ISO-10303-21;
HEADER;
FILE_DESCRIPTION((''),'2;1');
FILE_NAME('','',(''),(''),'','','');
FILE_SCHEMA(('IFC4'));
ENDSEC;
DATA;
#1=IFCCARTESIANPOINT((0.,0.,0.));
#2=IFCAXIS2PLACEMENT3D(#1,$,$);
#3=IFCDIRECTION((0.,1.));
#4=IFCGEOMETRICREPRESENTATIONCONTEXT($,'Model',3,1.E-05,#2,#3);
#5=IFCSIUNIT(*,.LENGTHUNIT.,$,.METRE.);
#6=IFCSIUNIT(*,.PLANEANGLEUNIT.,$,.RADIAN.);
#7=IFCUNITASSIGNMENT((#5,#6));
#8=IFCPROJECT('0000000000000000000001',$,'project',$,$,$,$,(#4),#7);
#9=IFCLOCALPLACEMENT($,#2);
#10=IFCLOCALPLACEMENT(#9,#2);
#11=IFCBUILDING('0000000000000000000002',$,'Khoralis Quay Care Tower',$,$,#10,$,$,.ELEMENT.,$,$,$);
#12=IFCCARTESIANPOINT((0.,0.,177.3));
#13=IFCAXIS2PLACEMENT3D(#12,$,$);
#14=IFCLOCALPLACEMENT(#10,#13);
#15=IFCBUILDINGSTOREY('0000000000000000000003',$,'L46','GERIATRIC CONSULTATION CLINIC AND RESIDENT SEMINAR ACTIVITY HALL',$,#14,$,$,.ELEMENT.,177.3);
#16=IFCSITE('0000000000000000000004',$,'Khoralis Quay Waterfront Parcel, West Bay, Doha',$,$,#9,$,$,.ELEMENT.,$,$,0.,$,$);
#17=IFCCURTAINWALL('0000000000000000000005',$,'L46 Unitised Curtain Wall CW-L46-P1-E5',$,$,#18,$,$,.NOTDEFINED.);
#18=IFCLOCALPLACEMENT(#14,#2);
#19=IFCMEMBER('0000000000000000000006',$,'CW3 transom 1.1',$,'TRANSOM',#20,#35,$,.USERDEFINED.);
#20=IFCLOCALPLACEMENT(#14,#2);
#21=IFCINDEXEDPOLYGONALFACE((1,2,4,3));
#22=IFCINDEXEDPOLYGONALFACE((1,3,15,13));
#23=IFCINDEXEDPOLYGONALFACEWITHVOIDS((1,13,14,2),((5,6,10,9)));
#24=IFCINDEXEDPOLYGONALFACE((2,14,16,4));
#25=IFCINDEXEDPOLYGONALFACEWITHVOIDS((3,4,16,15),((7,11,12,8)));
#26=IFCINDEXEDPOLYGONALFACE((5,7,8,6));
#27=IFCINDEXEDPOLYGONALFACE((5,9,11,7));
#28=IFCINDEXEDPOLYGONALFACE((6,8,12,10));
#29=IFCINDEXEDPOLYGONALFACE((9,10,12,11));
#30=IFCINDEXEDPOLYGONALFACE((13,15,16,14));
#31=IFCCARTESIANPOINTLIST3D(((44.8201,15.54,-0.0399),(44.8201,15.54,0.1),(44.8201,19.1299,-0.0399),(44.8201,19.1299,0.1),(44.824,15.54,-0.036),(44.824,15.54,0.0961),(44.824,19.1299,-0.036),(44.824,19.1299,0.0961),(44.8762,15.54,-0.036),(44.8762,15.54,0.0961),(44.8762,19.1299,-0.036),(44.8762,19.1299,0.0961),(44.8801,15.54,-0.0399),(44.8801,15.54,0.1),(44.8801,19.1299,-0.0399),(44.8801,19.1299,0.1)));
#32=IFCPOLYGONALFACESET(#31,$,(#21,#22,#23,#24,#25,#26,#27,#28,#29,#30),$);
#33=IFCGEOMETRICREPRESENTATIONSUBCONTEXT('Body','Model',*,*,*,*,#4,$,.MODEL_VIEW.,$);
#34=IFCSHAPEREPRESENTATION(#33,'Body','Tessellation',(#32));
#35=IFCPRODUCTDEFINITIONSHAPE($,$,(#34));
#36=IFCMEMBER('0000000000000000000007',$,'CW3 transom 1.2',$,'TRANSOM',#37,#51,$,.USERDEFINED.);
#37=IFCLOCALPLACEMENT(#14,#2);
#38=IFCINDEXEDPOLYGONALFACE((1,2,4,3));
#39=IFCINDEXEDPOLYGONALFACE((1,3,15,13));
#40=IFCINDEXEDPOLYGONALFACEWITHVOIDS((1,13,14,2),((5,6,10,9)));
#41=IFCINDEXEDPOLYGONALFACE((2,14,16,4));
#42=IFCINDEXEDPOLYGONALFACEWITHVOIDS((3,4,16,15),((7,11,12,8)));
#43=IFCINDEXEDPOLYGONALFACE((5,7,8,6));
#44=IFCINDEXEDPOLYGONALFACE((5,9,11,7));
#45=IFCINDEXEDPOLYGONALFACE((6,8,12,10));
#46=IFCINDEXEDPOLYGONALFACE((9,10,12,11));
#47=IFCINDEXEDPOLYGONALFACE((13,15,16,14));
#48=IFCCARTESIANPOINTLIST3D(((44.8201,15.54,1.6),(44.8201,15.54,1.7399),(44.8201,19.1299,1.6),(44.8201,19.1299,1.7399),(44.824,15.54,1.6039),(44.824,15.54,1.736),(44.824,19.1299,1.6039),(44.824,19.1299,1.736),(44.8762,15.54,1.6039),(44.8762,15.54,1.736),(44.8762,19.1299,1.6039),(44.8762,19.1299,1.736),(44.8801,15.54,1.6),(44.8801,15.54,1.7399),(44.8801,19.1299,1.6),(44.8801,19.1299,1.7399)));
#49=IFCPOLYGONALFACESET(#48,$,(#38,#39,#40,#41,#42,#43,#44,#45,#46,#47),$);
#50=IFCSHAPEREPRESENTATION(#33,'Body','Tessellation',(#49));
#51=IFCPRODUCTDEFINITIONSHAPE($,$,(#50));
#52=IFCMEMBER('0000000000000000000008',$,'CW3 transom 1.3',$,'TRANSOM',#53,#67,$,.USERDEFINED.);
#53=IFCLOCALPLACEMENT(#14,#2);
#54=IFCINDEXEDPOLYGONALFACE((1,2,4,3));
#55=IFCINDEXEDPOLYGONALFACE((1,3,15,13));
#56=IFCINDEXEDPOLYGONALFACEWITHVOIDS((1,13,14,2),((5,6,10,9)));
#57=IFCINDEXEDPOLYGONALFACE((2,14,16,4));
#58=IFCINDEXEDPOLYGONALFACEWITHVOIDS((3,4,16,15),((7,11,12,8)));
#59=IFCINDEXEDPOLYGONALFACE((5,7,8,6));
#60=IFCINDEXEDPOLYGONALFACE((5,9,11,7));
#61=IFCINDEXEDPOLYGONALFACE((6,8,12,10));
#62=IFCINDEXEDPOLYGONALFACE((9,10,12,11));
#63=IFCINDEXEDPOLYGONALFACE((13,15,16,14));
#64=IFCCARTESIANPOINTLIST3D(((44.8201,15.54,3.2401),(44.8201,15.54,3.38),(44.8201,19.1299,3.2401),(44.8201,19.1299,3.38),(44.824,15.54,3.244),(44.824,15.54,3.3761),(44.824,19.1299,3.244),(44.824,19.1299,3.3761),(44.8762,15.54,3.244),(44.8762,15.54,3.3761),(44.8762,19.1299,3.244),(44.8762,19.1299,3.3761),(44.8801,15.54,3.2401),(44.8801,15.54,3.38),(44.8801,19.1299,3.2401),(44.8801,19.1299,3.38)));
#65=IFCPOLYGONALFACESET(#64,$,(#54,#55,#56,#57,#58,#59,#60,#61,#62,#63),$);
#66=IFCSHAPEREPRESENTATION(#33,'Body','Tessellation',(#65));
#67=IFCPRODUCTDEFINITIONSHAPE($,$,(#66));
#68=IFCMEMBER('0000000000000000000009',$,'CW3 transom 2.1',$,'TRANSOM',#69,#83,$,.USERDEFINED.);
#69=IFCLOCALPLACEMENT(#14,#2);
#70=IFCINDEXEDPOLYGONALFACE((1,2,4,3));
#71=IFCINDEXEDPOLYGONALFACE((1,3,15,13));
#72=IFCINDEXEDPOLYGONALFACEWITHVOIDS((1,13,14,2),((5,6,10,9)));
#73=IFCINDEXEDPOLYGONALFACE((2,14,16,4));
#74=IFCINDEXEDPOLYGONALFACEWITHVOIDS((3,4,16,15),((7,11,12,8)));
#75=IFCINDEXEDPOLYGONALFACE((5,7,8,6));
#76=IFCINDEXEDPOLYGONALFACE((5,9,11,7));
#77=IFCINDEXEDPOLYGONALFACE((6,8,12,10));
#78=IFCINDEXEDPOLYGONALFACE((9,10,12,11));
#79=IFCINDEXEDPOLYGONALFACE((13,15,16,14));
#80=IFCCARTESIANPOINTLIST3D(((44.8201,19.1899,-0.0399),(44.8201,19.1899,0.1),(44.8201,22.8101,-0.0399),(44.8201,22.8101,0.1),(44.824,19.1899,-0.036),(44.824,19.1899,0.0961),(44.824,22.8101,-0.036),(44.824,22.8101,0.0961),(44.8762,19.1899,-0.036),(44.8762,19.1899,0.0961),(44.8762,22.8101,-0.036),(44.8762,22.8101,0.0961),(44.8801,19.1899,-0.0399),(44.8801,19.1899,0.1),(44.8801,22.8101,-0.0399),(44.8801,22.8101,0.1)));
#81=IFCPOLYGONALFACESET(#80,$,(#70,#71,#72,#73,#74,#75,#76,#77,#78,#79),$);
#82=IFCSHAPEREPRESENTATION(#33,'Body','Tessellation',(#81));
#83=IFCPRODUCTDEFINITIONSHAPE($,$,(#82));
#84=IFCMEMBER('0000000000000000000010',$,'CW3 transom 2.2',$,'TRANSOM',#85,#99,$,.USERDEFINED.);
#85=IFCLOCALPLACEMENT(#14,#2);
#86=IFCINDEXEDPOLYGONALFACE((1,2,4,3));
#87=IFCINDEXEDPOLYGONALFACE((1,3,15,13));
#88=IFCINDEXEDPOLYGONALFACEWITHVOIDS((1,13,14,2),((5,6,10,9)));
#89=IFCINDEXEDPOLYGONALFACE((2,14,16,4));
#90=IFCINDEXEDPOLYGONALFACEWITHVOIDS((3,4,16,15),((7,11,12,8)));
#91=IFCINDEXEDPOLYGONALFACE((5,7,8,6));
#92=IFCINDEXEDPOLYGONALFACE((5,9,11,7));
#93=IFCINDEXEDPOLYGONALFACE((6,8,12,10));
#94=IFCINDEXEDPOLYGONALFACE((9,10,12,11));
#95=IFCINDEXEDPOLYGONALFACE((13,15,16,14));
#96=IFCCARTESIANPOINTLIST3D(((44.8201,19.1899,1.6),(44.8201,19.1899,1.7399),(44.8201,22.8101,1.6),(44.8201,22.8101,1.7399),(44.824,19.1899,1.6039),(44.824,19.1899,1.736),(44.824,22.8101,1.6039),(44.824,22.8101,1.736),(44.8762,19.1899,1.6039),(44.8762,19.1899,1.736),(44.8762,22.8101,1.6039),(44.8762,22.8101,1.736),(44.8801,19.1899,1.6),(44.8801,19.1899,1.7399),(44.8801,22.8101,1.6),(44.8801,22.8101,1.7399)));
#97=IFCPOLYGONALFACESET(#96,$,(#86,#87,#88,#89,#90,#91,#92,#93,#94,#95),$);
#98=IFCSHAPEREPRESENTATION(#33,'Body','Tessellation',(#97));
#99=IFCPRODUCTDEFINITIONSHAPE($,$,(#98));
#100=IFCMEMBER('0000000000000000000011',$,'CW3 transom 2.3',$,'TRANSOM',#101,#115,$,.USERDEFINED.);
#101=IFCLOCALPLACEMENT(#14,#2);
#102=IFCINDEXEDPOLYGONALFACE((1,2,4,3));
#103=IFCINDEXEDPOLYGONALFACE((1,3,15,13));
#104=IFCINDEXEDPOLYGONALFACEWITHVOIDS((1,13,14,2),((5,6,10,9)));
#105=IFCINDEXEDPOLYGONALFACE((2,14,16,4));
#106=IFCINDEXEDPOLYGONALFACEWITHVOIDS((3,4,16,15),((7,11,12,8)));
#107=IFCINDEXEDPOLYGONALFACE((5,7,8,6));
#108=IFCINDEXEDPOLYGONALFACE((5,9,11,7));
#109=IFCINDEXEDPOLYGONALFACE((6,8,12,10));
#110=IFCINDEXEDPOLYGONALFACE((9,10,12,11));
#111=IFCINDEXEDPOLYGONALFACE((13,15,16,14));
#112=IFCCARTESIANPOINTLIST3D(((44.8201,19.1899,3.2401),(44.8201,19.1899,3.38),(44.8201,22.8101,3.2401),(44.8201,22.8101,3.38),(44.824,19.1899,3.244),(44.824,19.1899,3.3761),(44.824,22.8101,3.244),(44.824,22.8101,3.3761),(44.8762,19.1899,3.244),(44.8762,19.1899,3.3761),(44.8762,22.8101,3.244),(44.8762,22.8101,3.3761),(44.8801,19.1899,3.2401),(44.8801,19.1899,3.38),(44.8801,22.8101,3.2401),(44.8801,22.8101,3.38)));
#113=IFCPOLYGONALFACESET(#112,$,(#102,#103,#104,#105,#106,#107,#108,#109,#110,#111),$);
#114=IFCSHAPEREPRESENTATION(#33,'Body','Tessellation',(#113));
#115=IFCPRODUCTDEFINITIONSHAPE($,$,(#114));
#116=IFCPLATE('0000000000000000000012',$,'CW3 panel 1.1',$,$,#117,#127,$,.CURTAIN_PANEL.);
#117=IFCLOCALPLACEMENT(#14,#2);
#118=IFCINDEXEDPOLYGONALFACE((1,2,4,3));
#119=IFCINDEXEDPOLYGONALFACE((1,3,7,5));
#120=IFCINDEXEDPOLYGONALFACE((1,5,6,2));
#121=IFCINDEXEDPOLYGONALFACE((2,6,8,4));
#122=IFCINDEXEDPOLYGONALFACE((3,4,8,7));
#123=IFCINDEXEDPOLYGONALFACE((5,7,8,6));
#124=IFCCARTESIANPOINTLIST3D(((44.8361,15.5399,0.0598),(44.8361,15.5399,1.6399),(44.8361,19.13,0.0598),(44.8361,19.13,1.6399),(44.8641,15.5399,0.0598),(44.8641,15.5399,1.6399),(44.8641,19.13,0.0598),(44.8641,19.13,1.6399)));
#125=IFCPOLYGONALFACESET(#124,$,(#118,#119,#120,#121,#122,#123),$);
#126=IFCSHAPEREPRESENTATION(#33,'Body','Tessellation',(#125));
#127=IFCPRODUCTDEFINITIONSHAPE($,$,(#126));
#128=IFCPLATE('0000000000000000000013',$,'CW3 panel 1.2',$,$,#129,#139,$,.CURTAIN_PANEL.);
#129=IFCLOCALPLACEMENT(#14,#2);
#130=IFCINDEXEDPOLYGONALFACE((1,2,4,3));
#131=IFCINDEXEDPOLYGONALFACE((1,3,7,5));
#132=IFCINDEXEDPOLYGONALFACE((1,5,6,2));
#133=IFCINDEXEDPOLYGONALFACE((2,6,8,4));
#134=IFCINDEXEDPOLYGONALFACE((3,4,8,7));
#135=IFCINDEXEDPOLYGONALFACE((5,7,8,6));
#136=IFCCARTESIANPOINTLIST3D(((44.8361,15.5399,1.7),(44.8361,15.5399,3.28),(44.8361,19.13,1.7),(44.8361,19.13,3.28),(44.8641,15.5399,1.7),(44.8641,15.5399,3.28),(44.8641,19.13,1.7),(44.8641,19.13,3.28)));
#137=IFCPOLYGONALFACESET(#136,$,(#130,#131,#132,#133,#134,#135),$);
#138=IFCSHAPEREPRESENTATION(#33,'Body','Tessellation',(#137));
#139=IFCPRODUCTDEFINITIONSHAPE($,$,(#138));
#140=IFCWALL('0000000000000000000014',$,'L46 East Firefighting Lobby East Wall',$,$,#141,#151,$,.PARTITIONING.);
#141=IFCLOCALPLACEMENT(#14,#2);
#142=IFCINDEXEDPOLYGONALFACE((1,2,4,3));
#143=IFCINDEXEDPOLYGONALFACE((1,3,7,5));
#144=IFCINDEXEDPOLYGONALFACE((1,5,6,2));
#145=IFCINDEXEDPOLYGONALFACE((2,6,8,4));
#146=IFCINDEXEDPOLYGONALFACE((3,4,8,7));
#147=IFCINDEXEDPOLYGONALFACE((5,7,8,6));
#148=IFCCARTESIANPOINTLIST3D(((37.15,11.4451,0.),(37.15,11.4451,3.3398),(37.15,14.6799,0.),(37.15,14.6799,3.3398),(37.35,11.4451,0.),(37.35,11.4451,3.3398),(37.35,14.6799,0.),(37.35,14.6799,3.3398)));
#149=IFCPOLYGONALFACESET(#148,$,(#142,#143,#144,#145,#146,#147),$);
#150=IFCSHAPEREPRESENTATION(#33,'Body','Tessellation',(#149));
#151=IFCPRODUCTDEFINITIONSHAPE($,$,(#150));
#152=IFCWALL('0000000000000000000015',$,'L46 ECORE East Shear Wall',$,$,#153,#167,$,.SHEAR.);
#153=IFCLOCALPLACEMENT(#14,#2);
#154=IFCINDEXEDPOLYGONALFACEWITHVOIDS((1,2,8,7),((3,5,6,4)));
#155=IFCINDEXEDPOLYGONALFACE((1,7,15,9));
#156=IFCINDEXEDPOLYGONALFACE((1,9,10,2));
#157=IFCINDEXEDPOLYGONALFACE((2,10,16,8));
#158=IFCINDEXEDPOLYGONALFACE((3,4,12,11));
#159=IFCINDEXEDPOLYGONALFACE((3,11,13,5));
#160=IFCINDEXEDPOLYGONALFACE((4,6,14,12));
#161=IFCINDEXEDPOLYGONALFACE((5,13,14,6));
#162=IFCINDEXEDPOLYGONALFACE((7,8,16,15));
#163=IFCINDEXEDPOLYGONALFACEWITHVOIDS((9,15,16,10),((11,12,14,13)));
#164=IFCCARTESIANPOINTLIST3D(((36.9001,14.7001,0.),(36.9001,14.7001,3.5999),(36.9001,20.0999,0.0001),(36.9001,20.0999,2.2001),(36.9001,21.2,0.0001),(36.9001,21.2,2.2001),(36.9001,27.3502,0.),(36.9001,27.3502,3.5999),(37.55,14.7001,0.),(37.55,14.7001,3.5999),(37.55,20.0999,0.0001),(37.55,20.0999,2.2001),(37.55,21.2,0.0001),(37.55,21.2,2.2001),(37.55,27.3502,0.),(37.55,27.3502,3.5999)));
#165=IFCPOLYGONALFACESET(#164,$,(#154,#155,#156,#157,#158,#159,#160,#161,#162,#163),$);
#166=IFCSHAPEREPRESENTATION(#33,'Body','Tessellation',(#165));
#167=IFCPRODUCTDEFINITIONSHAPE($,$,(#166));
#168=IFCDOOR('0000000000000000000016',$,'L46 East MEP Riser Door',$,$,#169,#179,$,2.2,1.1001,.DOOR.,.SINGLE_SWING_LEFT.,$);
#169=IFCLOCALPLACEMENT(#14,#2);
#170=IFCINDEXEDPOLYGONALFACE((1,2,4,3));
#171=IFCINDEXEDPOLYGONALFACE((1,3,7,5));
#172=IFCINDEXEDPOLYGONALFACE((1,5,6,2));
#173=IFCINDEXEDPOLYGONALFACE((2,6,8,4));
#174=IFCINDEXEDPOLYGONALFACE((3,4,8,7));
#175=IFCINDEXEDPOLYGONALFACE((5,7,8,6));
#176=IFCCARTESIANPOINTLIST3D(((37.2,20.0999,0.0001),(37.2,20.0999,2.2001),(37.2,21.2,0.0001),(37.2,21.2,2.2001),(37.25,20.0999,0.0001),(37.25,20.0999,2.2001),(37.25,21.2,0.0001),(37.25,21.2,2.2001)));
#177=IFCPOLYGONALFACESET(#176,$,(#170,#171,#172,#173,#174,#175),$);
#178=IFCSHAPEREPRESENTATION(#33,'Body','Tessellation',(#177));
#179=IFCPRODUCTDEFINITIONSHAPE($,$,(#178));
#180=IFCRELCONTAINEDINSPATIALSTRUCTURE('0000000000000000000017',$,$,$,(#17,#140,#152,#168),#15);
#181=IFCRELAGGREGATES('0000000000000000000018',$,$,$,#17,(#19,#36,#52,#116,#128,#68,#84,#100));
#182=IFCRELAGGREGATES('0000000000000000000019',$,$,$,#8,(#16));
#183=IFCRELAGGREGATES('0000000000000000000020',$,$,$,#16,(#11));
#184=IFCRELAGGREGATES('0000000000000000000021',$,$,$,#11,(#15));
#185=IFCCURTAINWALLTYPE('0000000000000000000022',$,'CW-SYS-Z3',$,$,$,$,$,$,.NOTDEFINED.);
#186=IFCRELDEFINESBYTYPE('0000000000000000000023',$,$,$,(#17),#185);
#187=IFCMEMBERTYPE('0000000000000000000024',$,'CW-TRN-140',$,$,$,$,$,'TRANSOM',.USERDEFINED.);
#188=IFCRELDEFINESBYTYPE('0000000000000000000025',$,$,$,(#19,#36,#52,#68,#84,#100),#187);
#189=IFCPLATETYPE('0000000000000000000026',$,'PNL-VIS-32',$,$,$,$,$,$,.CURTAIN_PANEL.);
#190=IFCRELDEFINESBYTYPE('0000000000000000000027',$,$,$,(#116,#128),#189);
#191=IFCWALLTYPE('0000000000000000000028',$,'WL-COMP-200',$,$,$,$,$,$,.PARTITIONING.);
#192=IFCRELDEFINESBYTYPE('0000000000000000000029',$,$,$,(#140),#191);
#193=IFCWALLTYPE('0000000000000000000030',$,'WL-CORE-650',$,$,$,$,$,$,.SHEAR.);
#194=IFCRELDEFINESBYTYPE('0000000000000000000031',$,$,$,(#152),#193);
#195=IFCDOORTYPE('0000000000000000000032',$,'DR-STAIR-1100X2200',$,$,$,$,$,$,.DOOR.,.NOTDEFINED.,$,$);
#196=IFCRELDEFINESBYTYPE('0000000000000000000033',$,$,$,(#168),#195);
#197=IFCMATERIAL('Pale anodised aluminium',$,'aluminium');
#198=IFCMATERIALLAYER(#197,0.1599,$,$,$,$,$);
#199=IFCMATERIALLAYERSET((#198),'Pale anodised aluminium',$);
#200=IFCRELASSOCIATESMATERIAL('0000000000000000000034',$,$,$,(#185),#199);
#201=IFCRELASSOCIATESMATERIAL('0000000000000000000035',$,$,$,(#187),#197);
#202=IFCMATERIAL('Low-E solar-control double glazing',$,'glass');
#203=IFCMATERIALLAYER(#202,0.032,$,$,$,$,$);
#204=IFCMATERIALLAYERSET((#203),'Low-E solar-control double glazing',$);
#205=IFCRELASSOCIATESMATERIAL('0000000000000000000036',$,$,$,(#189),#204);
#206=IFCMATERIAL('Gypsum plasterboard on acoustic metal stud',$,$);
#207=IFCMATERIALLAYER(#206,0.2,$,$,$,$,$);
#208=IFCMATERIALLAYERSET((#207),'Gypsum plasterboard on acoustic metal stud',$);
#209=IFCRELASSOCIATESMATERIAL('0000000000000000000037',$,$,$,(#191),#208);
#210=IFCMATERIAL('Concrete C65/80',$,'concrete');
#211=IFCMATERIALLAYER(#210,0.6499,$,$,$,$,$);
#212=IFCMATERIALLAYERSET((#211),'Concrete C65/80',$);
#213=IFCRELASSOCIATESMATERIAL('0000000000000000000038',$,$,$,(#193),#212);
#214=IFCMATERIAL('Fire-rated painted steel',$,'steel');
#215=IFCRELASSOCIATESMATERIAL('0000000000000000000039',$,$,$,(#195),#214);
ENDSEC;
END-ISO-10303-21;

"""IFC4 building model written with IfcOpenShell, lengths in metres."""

from ifc_helpers import new_model, si_unit, direction, frame, frame_2d, origin, origin_2d, place, context, subcontext, project, spatial, rectangle, hollow_rectangle, extrude, source, transform, mapped, material, layer, layer_set, material_profile, profile_set, type_object, element, fill, aggregate, save


model = new_model("IFC4")

# Units and contexts
model_context = context("Model", 3, precision=1e-05, world=origin(), true_north=direction((0.0, 1.0)))
body_context = subcontext(model_context, "Body", "Model", "MODEL_VIEW")
ifc_project = project(units=[si_unit("LENGTHUNIT", "METRE"), si_unit("PLANEANGLEUNIT", "RADIAN")], contexts=[model_context])

# Site, building, storey
site_placement = place(None, origin())
site = spatial("IfcSite", under=ifc_project, at=site_placement, Name="Khoralis Quay Waterfront Parcel, West Bay, Doha", CompositionType="ELEMENT", RefElevation=0.0)
building_placement = place(site_placement, origin())
building = spatial("IfcBuilding", under=site, at=building_placement, Name="Khoralis Quay Care Tower", CompositionType="ELEMENT")
storey_placement = place(building_placement, frame((0.0, 0.0, 177.3)))
storey = spatial("IfcBuildingStorey", under=building, at=storey_placement, Name="L46", Description="GERIATRIC CONSULTATION CLINIC AND RESIDENT SEMINAR ACTIVITY HALL", CompositionType="ELEMENT", Elevation=177.3)

# Shared definitions
ifc_material_1 = material(Name="Concrete C65/80", Category="concrete")

# Curtain wall, members, plates
ifc_material_2 = material(Name="Pale anodised aluminium", Category="aluminium")
ifc_layer_1 = layer(ifc_material_2, 0.1599)
ifc_layer_set_1 = layer_set([ifc_layer_1], Name="Pale anodised aluminium")
curtain_wall_type = type_object("IfcCurtainWallType", Name="CW-SYS-Z3", PredefinedType="NOTDEFINED", material=ifc_layer_set_1)
curtain_wall_placement = place(storey_placement, origin())
curtain_wall = element("IfcCurtainWall", 1, at=curtain_wall_placement, inside=storey, type_object=curtain_wall_type, Name="L46 Unitised Curtain Wall CW-L46-P1-E5", PredefinedType="NOTDEFINED")
ifc_material_profile_1 = material_profile(ifc_material_2, hollow_rectangle(XDim=0.0601, YDim=0.1399, WallThickness=0.0039, at=origin_2d()), Name="Pale anodised aluminium")
ifc_profile_set_1 = profile_set([ifc_material_profile_1], Name="Pale anodised aluminium")
member_type_1 = type_object("IfcMemberType", Name="CW-TRN-140", ElementType="TRANSOM", PredefinedType="USERDEFINED", material=ifc_profile_set_1)
shared_shape_1 = source(origin(), body_context, "Body", "SweptSolid", [
    extrude(hollow_rectangle(XDim=0.0601, YDim=0.1399, WallThickness=0.0039, at=origin_2d()), origin(), (0.0, 0.0, 1.0), 3.5898),
])
member_1_placement = place(storey_placement, frame((44.8501, 15.54, 0.03), z_axis=(0.0, 1.0, 0.0), x_axis=(-1.0, 0.0, 0.0)))
member_1 = element("IfcMember", 2, at=member_1_placement, type_object=member_type_1, Name="CW3 transom 1.1", ObjectType="TRANSOM", PredefinedType="USERDEFINED", context=body_context, shape_type="MappedRepresentation", body=[
    mapped(shared_shape_1, transform((0.0, 0.0, 0.0), scale=1.0)),
])
member_2_placement = place(storey_placement, frame((44.8501, 15.54, 1.6699), z_axis=(0.0, 1.0, 0.0), x_axis=(-1.0, 0.0, 0.0)))
member_2 = element("IfcMember", 3, at=member_2_placement, type_object=member_type_1, Name="CW3 transom 1.2", ObjectType="TRANSOM", PredefinedType="USERDEFINED", context=body_context, shape_type="MappedRepresentation", body=[
    mapped(shared_shape_1, transform((0.0, 0.0, 0.0), scale=1.0)),
])
member_3_placement = place(storey_placement, frame((44.8501, 15.54, 3.3101), z_axis=(0.0, 1.0, 0.0), x_axis=(-1.0, 0.0, 0.0)))
member_3 = element("IfcMember", 4, at=member_3_placement, type_object=member_type_1, Name="CW3 transom 1.3", ObjectType="TRANSOM", PredefinedType="USERDEFINED", context=body_context, shape_type="MappedRepresentation", body=[
    mapped(shared_shape_1, transform((0.0, 0.0, 0.0), scale=1.0)),
])
shared_shape_2 = source(origin(), body_context, "Body", "SweptSolid", [
    extrude(hollow_rectangle(XDim=0.0601, YDim=0.1399, WallThickness=0.0039, at=origin_2d()), origin(), (0.0, 0.0, 1.0), 3.6201),
])
member_4_placement = place(storey_placement, frame((44.8501, 19.1899, 0.03), z_axis=(0.0, 1.0, 0.0), x_axis=(-1.0, 0.0, 0.0)))
member_4 = element("IfcMember", 5, at=member_4_placement, type_object=member_type_1, Name="CW3 transom 2.1", ObjectType="TRANSOM", PredefinedType="USERDEFINED", context=body_context, shape_type="MappedRepresentation", body=[
    mapped(shared_shape_2, transform((0.0, 0.0, 0.0), scale=1.0)),
])
member_5_placement = place(storey_placement, frame((44.8501, 19.1899, 1.6699), z_axis=(0.0, 1.0, 0.0), x_axis=(-1.0, 0.0, 0.0)))
member_5 = element("IfcMember", 6, at=member_5_placement, type_object=member_type_1, Name="CW3 transom 2.2", ObjectType="TRANSOM", PredefinedType="USERDEFINED", context=body_context, shape_type="MappedRepresentation", body=[
    mapped(shared_shape_2, transform((0.0, 0.0, 0.0), scale=1.0)),
])
member_6_placement = place(storey_placement, frame((44.8501, 19.1899, 3.3101), z_axis=(0.0, 1.0, 0.0), x_axis=(-1.0, 0.0, 0.0)))
member_6 = element("IfcMember", 7, at=member_6_placement, type_object=member_type_1, Name="CW3 transom 2.3", ObjectType="TRANSOM", PredefinedType="USERDEFINED", context=body_context, shape_type="MappedRepresentation", body=[
    mapped(shared_shape_2, transform((0.0, 0.0, 0.0), scale=1.0)),
])
ifc_material_3 = material(Name="Low-E solar-control double glazing", Category="glass")
ifc_layer_2 = layer(ifc_material_3, 0.032)
ifc_layer_set_2 = layer_set([ifc_layer_2], Name="Low-E solar-control double glazing")
plate_type = type_object("IfcPlateType", Name="PNL-VIS-32", PredefinedType="CURTAIN_PANEL", material=ifc_layer_set_2)
shared_shape_3 = source(origin(), body_context, "Body", "SweptSolid", [
    extrude(rectangle(XDim=3.5901, YDim=0.0281, at=origin_2d()), origin(), (0.0, 0.0, 1.0), 1.5801),
])
plate_1_placement = place(storey_placement, frame((44.8501, 17.335, 0.0598), z_axis=(0.0, 0.0, 1.0), x_axis=(0.0, 1.0, 0.0)))
plate_1 = element("IfcPlate", 8, at=plate_1_placement, type_object=plate_type, Name="CW3 panel 1.1", PredefinedType="CURTAIN_PANEL", context=body_context, shape_type="MappedRepresentation", body=[
    mapped(shared_shape_3, transform((0.0, 0.0, 0.0), scale=1.0)),
])
plate_2_placement = place(storey_placement, frame((44.8501, 17.335, 1.7), z_axis=(0.0, 0.0, 1.0), x_axis=(0.0, 1.0, 0.0)))
plate_2 = element("IfcPlate", 9, at=plate_2_placement, type_object=plate_type, Name="CW3 panel 1.2", PredefinedType="CURTAIN_PANEL", context=body_context, shape_type="MappedRepresentation", body=[
    mapped(shared_shape_3, transform((0.0, 0.0, 0.0), scale=1.0)),
])
aggregate(curtain_wall, [member_1, member_2, member_3, plate_1, plate_2, member_4, member_5, member_6])

# Wall
ifc_material_4 = material(Name="Gypsum plasterboard on acoustic metal stud")
ifc_layer_3 = layer(ifc_material_4, 0.2)
ifc_layer_set_3 = layer_set([ifc_layer_3], Name="Gypsum plasterboard on acoustic metal stud")
wall_type_1 = type_object("IfcWallType", Name="WL-COMP-200", PredefinedType="PARTITIONING", material=ifc_layer_set_3)
wall_1_placement = place(storey_placement, frame((37.25, 11.4451, 0.0), z_axis=(0.0, 0.0, 1.0), x_axis=(0.0, 1.0, 0.0)))
element("IfcWall", 10, at=wall_1_placement, inside=storey, type_object=wall_type_1, Name="L46 East Firefighting Lobby East Wall", PredefinedType="PARTITIONING", context=body_context, shape_type="SweptSolid", body=[
    extrude(rectangle(XDim=3.2349, YDim=0.2, at=frame_2d((1.6174, 0.0))), origin(), (0.0, 0.0, 1.0), 3.3398),
])

# Wall, opening, door
ifc_layer_4 = layer(ifc_material_1, 0.6499)
ifc_layer_set_4 = layer_set([ifc_layer_4], Name="Concrete C65/80")
wall_type_2 = type_object("IfcWallType", Name="WL-CORE-650", PredefinedType="SHEAR", material=ifc_layer_set_4)
wall_2_placement = place(storey_placement, frame((37.2251, 14.7, 0.0), z_axis=(0.0, 0.0, 1.0), x_axis=(0.0, 1.0, 0.0)))
wall_2 = element("IfcWall", 11, at=wall_2_placement, inside=storey, type_object=wall_type_2, Name="L46 ECORE East Shear Wall", PredefinedType="SHEAR", context=body_context, shape_type="SweptSolid", body=[
    extrude(rectangle(XDim=12.6501, YDim=0.6499, at=frame_2d((6.3252, 0.0))), origin(), (0.0, 0.0, 1.0), 3.5999),
])
opening_1_placement = place(wall_2_placement, frame((5.3999, 0.0, 0.0)))
opening_1 = element("IfcOpeningElement", 12, at=opening_1_placement, cuts=wall_2, PredefinedType="OPENING", context=body_context, shape_type="SweptSolid", body=[
    extrude(rectangle(XDim=1.1001, YDim=2.2, at=frame_2d((0.55, 1.1001))), frame((0.0, 0.335, 0.0), z_axis=(0.0, -1.0, 0.0), x_axis=(1.0, 0.0, 0.0)), (0.0, 0.0, 1.0), 0.6699),
])
ifc_material_5 = material(Name="Fire-rated painted steel", Category="steel")
door_type_1 = type_object("IfcDoorType", Name="DR-STAIR-1100X2200", OperationType="NOTDEFINED", PredefinedType="DOOR", material=ifc_material_5)
shared_shape_4 = source(origin(), body_context, "Body", "SweptSolid", [
    extrude(rectangle(XDim=1.1001, YDim=2.2, at=frame_2d((0.55, 1.1001))), frame((0.0, 0.0249, 0.0), z_axis=(0.0, -1.0, 0.0), x_axis=(1.0, 0.0, 0.0)), (0.0, 0.0, 1.0), 0.05),
])
door_1_placement = place(opening_1_placement, frame((1.1001, 0.0, 0.0), z_axis=(0.0, 0.0, 1.0), x_axis=(-1.0, 0.0, 0.0)))
door_1 = element("IfcDoor", 13, at=door_1_placement, inside=storey, type_object=door_type_1, Name="L46 East MEP Riser Door", OperationType="SINGLE_SWING_LEFT", OverallHeight=2.2, OverallWidth=1.1001, PredefinedType="DOOR", context=body_context, shape_type="MappedRepresentation", body=[
    mapped(shared_shape_4, transform((0.0, 0.0, 0.0), scale=1.0)),
])
fill(opening_1, door_1)

save(model, "model.ifc")
